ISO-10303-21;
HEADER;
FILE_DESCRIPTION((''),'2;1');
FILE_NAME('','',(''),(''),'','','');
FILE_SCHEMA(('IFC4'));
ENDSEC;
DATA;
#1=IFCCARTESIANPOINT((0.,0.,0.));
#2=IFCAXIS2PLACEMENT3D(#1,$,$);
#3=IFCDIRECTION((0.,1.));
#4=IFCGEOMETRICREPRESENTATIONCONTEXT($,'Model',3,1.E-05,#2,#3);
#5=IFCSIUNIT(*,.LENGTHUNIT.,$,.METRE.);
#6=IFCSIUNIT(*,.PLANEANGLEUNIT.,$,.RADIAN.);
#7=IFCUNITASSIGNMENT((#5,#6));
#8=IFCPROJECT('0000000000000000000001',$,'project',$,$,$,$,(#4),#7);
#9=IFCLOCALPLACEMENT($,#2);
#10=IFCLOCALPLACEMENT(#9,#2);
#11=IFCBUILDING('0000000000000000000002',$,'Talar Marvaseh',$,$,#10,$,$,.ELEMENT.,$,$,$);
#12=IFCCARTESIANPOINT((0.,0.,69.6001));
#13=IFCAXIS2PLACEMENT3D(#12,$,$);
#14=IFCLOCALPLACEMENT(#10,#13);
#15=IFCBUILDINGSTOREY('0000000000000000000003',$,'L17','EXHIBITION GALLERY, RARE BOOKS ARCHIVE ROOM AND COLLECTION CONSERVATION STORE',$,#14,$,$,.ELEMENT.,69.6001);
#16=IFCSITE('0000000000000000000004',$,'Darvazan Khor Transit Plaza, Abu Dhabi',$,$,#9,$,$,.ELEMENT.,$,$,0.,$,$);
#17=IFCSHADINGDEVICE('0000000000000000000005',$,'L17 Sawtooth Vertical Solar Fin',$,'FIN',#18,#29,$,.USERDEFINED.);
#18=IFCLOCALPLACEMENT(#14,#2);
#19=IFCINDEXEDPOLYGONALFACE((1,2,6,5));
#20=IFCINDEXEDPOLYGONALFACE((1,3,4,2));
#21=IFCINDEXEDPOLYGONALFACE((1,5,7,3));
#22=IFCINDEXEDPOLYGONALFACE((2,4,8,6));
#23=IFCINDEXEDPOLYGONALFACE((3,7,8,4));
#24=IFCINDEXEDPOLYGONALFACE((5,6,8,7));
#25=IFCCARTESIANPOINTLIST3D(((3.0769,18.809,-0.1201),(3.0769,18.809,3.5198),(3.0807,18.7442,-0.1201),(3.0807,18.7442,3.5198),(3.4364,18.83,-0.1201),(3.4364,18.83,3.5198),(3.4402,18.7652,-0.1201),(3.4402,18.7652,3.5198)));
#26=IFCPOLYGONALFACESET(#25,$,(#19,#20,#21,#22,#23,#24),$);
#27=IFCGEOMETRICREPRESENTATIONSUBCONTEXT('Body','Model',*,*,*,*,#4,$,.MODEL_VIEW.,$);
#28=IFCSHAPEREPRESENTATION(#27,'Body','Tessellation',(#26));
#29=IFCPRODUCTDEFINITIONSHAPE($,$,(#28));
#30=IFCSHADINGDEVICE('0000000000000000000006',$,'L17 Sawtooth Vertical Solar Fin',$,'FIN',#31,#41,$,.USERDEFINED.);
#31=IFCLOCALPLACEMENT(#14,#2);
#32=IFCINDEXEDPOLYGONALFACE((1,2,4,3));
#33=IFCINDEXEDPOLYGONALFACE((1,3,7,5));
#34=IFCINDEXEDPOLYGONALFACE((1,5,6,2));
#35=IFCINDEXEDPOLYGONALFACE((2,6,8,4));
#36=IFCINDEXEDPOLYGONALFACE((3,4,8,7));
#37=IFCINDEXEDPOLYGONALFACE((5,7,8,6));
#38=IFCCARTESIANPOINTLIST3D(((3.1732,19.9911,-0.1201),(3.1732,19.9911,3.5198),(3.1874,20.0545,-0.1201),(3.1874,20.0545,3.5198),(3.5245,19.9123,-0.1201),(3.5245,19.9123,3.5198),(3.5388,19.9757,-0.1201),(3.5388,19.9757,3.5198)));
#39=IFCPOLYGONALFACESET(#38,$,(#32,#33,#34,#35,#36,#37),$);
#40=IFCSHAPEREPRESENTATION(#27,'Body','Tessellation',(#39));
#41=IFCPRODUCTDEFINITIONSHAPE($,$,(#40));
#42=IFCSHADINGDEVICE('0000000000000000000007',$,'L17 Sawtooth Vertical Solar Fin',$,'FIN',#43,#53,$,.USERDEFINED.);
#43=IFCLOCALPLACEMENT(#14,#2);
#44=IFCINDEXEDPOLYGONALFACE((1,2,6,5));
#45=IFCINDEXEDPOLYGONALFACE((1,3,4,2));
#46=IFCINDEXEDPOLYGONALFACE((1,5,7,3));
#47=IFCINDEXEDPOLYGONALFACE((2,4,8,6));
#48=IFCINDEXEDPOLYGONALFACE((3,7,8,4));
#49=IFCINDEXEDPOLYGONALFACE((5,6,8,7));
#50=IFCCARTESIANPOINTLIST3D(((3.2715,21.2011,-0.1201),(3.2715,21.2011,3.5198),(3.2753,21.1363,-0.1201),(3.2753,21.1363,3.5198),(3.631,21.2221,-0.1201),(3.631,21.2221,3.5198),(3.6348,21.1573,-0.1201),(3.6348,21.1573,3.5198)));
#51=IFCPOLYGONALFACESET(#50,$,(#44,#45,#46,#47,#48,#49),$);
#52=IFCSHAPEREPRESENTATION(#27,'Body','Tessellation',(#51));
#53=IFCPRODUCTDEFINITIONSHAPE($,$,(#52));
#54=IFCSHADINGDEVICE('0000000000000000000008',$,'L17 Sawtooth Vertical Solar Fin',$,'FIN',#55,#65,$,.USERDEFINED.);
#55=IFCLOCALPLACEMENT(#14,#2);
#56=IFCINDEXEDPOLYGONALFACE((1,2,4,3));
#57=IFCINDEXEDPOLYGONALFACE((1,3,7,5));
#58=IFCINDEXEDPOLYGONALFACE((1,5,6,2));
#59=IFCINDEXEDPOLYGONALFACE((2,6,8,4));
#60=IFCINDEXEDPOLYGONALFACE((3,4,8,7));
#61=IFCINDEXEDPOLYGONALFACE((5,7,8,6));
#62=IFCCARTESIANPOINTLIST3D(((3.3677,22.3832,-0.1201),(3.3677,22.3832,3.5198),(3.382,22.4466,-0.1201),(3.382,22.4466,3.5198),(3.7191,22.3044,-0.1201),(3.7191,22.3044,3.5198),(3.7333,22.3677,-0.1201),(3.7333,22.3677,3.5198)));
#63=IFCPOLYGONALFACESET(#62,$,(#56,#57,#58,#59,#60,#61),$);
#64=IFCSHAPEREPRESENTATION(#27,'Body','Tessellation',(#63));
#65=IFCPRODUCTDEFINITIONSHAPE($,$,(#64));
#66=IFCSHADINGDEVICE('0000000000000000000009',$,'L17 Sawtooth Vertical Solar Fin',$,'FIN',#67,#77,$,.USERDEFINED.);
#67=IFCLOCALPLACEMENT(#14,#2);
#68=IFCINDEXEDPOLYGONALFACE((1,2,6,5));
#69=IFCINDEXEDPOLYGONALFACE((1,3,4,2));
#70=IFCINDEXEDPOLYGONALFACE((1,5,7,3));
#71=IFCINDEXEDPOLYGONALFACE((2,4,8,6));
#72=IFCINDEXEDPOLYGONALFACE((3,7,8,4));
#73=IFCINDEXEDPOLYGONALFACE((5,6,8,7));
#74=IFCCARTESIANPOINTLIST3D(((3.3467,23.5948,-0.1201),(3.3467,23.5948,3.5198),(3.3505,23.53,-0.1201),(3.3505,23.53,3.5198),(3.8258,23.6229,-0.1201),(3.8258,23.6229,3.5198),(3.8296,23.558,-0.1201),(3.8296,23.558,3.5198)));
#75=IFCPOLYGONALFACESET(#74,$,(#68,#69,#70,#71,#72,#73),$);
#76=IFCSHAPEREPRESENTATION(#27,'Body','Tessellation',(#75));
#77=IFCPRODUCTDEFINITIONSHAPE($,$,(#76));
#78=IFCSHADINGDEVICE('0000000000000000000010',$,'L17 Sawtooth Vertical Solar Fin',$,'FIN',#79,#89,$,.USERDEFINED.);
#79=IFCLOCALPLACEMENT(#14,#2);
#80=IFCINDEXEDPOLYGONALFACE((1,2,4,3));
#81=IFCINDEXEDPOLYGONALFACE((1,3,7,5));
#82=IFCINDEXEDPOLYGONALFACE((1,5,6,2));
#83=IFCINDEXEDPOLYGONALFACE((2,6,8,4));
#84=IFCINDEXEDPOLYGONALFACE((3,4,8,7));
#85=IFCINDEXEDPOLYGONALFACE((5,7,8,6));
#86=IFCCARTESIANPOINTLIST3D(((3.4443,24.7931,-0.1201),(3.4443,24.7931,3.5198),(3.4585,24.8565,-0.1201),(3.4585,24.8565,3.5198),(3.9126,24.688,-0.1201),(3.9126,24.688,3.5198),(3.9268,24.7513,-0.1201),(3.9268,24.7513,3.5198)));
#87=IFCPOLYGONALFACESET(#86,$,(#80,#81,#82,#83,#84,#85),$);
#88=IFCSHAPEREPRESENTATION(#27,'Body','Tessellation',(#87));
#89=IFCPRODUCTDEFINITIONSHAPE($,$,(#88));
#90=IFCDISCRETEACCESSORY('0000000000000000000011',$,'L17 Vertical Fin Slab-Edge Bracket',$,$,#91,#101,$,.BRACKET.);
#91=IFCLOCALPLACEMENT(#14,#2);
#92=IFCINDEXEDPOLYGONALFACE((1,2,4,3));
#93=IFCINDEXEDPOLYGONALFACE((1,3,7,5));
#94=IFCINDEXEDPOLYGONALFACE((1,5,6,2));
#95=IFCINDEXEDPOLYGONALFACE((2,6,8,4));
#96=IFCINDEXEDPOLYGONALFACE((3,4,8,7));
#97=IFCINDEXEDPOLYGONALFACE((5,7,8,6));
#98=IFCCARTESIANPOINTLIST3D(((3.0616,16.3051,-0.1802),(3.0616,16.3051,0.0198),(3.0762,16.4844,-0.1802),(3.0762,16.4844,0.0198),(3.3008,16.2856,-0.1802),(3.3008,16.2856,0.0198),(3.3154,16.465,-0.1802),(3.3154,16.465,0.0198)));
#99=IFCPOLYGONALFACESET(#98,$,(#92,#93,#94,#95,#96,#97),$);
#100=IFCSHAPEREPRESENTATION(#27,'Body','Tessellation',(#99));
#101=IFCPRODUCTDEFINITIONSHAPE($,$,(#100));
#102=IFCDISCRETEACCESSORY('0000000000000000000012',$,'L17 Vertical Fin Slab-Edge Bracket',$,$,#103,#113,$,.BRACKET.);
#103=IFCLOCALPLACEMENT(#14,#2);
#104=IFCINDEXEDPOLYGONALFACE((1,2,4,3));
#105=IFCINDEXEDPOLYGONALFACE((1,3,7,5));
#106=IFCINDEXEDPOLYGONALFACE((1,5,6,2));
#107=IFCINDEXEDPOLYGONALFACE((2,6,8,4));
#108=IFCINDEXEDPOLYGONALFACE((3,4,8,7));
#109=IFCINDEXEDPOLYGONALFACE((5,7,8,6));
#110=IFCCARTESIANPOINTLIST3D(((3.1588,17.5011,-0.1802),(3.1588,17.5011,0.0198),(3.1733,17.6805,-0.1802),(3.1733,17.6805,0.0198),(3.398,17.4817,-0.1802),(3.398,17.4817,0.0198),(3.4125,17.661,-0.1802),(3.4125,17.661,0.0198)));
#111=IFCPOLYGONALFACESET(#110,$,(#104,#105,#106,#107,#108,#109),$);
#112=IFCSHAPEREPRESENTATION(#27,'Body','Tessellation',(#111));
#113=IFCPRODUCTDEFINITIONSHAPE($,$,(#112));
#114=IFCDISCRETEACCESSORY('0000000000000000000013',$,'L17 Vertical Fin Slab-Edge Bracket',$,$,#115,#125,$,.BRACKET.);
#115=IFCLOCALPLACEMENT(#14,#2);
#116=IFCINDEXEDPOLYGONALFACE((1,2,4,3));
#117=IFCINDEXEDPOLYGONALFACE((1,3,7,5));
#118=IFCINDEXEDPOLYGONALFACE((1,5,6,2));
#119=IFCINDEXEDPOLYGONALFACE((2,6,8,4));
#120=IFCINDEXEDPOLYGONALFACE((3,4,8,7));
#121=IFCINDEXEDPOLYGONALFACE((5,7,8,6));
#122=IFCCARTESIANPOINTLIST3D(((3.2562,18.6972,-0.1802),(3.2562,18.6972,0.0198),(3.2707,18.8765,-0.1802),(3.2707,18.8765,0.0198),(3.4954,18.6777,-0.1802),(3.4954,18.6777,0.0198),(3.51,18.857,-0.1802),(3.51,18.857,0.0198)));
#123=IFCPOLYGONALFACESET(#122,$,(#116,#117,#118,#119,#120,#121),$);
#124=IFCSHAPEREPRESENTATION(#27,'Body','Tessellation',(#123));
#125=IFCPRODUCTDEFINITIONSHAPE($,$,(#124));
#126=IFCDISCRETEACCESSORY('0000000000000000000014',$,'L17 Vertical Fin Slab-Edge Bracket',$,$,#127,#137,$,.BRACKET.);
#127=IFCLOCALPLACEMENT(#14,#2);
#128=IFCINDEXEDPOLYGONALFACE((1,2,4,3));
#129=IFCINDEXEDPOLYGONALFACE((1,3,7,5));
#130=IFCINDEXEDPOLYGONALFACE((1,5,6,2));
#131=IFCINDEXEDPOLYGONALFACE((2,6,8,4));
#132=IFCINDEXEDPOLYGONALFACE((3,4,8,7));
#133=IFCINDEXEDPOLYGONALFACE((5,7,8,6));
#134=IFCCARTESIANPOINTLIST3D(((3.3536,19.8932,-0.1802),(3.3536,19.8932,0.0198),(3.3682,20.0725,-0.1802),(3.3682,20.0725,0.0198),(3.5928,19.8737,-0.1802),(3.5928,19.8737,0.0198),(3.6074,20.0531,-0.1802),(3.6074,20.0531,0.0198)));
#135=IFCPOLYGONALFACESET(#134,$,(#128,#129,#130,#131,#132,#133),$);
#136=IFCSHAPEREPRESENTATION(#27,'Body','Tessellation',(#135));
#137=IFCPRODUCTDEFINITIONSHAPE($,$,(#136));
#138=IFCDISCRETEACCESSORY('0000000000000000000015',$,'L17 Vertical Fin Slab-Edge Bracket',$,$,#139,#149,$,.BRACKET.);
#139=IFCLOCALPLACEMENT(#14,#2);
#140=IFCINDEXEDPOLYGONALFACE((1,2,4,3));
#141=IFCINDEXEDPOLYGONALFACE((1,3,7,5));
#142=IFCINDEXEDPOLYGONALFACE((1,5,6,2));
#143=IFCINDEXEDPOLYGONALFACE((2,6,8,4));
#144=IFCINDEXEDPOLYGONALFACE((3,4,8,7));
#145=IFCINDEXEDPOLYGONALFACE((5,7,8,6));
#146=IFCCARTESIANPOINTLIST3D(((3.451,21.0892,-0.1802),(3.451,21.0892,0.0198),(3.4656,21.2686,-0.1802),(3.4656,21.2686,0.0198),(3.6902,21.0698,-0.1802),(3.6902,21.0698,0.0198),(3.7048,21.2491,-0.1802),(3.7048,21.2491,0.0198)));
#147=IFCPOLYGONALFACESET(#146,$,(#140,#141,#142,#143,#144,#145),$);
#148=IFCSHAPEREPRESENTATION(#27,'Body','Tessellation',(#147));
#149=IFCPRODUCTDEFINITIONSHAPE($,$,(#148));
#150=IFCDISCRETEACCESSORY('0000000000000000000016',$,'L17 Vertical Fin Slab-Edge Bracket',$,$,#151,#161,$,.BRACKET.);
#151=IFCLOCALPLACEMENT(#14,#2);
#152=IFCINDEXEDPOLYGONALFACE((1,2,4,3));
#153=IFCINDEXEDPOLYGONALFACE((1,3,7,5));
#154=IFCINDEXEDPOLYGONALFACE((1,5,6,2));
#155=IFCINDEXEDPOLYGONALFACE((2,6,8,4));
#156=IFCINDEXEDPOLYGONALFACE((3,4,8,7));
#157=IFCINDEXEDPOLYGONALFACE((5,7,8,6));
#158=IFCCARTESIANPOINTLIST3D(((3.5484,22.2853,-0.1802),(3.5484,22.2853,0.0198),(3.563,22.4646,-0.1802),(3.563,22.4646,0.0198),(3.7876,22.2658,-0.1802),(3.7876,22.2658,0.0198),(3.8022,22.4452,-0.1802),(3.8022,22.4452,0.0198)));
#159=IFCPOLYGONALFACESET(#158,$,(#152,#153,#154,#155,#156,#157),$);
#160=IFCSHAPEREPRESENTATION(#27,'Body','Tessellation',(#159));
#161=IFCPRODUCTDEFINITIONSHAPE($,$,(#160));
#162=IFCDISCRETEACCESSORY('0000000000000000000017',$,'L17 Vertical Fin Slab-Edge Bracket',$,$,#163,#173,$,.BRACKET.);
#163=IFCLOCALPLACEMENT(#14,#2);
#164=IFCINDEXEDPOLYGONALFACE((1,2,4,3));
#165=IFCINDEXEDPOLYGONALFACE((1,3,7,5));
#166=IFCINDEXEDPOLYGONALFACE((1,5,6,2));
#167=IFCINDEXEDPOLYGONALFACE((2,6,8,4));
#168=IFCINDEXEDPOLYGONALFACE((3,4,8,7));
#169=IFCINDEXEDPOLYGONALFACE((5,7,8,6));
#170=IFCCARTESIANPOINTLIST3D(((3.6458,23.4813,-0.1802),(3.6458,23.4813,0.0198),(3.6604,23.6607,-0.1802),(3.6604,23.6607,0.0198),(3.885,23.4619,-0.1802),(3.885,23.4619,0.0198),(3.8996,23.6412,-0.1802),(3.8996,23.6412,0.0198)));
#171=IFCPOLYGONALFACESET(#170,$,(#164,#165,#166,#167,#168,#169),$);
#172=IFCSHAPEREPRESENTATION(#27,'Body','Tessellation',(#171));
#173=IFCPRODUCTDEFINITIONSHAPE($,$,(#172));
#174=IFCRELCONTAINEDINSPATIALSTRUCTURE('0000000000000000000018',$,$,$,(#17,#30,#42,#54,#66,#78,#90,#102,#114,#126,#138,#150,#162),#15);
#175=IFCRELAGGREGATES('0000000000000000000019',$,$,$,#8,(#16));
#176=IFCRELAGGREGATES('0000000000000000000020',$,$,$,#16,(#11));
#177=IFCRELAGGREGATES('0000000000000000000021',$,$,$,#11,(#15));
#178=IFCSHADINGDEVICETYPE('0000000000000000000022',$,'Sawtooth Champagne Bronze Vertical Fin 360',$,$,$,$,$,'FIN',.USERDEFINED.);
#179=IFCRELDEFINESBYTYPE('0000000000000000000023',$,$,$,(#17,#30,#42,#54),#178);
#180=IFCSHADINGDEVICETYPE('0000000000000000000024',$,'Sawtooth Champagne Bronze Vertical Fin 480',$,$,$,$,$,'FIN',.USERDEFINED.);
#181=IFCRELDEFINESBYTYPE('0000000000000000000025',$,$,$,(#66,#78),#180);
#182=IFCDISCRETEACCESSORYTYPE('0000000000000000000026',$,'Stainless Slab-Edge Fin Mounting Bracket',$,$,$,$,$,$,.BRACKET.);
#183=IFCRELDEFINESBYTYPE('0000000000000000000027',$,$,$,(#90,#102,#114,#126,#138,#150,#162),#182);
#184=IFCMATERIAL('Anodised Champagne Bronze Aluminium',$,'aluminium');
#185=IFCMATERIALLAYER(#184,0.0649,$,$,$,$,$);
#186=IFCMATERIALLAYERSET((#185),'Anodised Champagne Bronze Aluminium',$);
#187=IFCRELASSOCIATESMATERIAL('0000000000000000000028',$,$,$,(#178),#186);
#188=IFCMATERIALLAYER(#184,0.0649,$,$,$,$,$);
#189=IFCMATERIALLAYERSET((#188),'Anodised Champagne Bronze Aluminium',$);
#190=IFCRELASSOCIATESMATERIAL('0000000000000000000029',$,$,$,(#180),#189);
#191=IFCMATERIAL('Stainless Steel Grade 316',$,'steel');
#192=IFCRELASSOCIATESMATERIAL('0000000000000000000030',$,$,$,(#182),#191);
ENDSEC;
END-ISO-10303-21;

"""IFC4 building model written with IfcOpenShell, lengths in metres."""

from ifc_helpers import new_model, si_unit, direction, frame, origin, origin_2d, place, context, subcontext, project, spatial, rectangle, extrude, source, transform, mapped, material, layer, layer_set, type_object, type_shapes, element, save


model = new_model("IFC4")

# Units and contexts
model_context = context("Model", 3, precision=1e-05, world=origin(), true_north=direction((0.0, 1.0)))
body_context = subcontext(model_context, "Body", "Model", "MODEL_VIEW")
ifc_project = project(units=[si_unit("LENGTHUNIT", "METRE"), si_unit("PLANEANGLEUNIT", "RADIAN")], contexts=[model_context])

# Site, building, storey
site_placement = place(None, origin())
site = spatial("IfcSite", under=ifc_project, at=site_placement, Name="Darvazan Khor Transit Plaza, Abu Dhabi", CompositionType="ELEMENT", RefElevation=0.0)
building_placement = place(site_placement, origin())
building = spatial("IfcBuilding", under=site, at=building_placement, Name="Talar Marvaseh", CompositionType="ELEMENT")
storey_placement = place(building_placement, frame((0.0, 0.0, 69.6001)))
storey = spatial("IfcBuildingStorey", under=building, at=storey_placement, Name="L17", Description="EXHIBITION GALLERY, RARE BOOKS ARCHIVE ROOM AND COLLECTION CONSERVATION STORE", CompositionType="ELEMENT", Elevation=69.6001)

# Shading devices
ifc_material_1 = material(Name="Anodised Champagne Bronze Aluminium", Category="aluminium")
ifc_layer_1 = layer(ifc_material_1, 0.0649)
ifc_layer_set_1 = layer_set([ifc_layer_1], Name="Anodised Champagne Bronze Aluminium")
shading_device_type_1 = type_object("IfcShadingDeviceType", Name="Sawtooth Champagne Bronze Vertical Fin 360", ElementType="FIN", PredefinedType="USERDEFINED", material=ifc_layer_set_1)
shared_shape_1 = source(origin(), body_context, "Body", "SweptSolid", [
    extrude(rectangle(XDim=0.3601, YDim=0.0649, at=origin_2d()), origin(), (0.0, 0.0, 1.0), 3.6399),
])
type_shapes(shading_device_type_1, [shared_shape_1])
for number, where, z_axis, x_axis, name in (
    (1, (3.2585, 18.7871, -0.1201), (0.0, 0.0, 1.0), (-0.998291, -0.058435, 0.0), "L17 Sawtooth Vertical Solar Fin"),
    (2, (3.356, 19.9834, -0.1201), (0.0, 0.0, 1.0), (-0.975726, 0.218995, 0.0), "L17 Sawtooth Vertical Solar Fin"),
    (3, (3.4531, 21.1792, -0.1201), (0.0, 0.0, 1.0), (-0.998291, -0.058435, 0.0), "L17 Sawtooth Vertical Solar Fin"),
    (4, (3.5505, 22.3755, -0.1201), (0.0, 0.0, 1.0), (-0.975726, 0.218995, 0.0), "L17 Sawtooth Vertical Solar Fin"),
):
    element("IfcShadingDevice", number, at=place(storey_placement, frame(where, z_axis=z_axis, x_axis=x_axis)), inside=storey, type_object=shading_device_type_1, Name=name, ObjectType="FIN", PredefinedType="USERDEFINED", context=body_context, shape_type="MappedRepresentation", body=[
        mapped(shared_shape_1, transform((0.0, 0.0, 0.0), x_axis=(1.0, 0.0, 0.0), y_axis=(0.0, 1.0, 0.0), z_axis=(0.0, 0.0, 1.0), scale=1.0)),
    ])
ifc_layer_2 = layer(ifc_material_1, 0.0649)
ifc_layer_set_2 = layer_set([ifc_layer_2], Name="Anodised Champagne Bronze Aluminium")
shading_device_type_2 = type_object("IfcShadingDeviceType", Name="Sawtooth Champagne Bronze Vertical Fin 480", ElementType="FIN", PredefinedType="USERDEFINED", material=ifc_layer_set_2)
shared_shape_2 = source(origin(), body_context, "Body", "SweptSolid", [
    extrude(rectangle(XDim=0.48, YDim=0.0649, at=origin_2d()), origin(), (0.0, 0.0, 1.0), 3.6399),
])
type_shapes(shading_device_type_2, [shared_shape_2])
for number, where, z_axis, x_axis, name in (
    (5, (3.5881, 23.5764, -0.1201), (0.0, 0.0, 1.0), (-0.998291, -0.058435, 0.0), "L17 Sawtooth Vertical Solar Fin"),
    (6, (3.6855, 24.7722, -0.1201), (0.0, 0.0, 1.0), (-0.975726, 0.218995, 0.0), "L17 Sawtooth Vertical Solar Fin"),
):
    element("IfcShadingDevice", number, at=place(storey_placement, frame(where, z_axis=z_axis, x_axis=x_axis)), inside=storey, type_object=shading_device_type_2, Name=name, ObjectType="FIN", PredefinedType="USERDEFINED", context=body_context, shape_type="MappedRepresentation", body=[
        mapped(shared_shape_2, transform((0.0, 0.0, 0.0), x_axis=(1.0, 0.0, 0.0), y_axis=(0.0, 1.0, 0.0), z_axis=(0.0, 0.0, 1.0), scale=1.0)),
    ])

# Discrete accessories
ifc_material_2 = material(Name="Stainless Steel Grade 316", Category="steel")
discrete_accessory_type = type_object("IfcDiscreteAccessoryType", Name="Stainless Slab-Edge Fin Mounting Bracket", PredefinedType="BRACKET", material=ifc_material_2)
shared_shape_3 = source(origin(), body_context, "Body", "SweptSolid", [
    extrude(rectangle(XDim=0.24, YDim=0.1799, at=origin_2d()), origin(), (0.0, 0.0, 1.0), 0.2),
])
type_shapes(discrete_accessory_type, [shared_shape_3])
for number, where, z_axis, x_axis, name in (
    (7, (3.1885, 16.385, -0.1802), (0.0, 0.0, 1.0), (-0.996709, 0.081069, 0.0), "L17 Vertical Fin Slab-Edge Bracket"),
    (8, (3.2856, 17.5811, -0.1802), (0.0, 0.0, 1.0), (-0.996709, 0.081069, 0.0), "L17 Vertical Fin Slab-Edge Bracket"),
    (9, (3.3831, 18.7771, -0.1802), (0.0, 0.0, 1.0), (-0.996709, 0.081069, 0.0), "L17 Vertical Fin Slab-Edge Bracket"),
    (10, (3.4805, 19.9731, -0.1802), (0.0, 0.0, 1.0), (-0.996709, 0.081069, 0.0), "L17 Vertical Fin Slab-Edge Bracket"),
    (11, (3.5779, 21.1692, -0.1802), (0.0, 0.0, 1.0), (-0.996709, 0.081069, 0.0), "L17 Vertical Fin Slab-Edge Bracket"),
    (12, (3.6753, 22.3652, -0.1802), (0.0, 0.0, 1.0), (-0.996709, 0.081069, 0.0), "L17 Vertical Fin Slab-Edge Bracket"),
    (13, (3.7727, 23.5613, -0.1802), (0.0, 0.0, 1.0), (-0.996709, 0.081069, 0.0), "L17 Vertical Fin Slab-Edge Bracket"),
):
    element("IfcDiscreteAccessory", number, at=place(storey_placement, frame(where, z_axis=z_axis, x_axis=x_axis)), inside=storey, type_object=discrete_accessory_type, Name=name, PredefinedType="BRACKET", context=body_context, shape_type="MappedRepresentation", body=[
        mapped(shared_shape_3, transform((0.0, 0.0, 0.0), x_axis=(1.0, 0.0, 0.0), y_axis=(0.0, 1.0, 0.0), z_axis=(0.0, 0.0, 1.0), scale=1.0)),
    ])

save(model, "model.ifc")
